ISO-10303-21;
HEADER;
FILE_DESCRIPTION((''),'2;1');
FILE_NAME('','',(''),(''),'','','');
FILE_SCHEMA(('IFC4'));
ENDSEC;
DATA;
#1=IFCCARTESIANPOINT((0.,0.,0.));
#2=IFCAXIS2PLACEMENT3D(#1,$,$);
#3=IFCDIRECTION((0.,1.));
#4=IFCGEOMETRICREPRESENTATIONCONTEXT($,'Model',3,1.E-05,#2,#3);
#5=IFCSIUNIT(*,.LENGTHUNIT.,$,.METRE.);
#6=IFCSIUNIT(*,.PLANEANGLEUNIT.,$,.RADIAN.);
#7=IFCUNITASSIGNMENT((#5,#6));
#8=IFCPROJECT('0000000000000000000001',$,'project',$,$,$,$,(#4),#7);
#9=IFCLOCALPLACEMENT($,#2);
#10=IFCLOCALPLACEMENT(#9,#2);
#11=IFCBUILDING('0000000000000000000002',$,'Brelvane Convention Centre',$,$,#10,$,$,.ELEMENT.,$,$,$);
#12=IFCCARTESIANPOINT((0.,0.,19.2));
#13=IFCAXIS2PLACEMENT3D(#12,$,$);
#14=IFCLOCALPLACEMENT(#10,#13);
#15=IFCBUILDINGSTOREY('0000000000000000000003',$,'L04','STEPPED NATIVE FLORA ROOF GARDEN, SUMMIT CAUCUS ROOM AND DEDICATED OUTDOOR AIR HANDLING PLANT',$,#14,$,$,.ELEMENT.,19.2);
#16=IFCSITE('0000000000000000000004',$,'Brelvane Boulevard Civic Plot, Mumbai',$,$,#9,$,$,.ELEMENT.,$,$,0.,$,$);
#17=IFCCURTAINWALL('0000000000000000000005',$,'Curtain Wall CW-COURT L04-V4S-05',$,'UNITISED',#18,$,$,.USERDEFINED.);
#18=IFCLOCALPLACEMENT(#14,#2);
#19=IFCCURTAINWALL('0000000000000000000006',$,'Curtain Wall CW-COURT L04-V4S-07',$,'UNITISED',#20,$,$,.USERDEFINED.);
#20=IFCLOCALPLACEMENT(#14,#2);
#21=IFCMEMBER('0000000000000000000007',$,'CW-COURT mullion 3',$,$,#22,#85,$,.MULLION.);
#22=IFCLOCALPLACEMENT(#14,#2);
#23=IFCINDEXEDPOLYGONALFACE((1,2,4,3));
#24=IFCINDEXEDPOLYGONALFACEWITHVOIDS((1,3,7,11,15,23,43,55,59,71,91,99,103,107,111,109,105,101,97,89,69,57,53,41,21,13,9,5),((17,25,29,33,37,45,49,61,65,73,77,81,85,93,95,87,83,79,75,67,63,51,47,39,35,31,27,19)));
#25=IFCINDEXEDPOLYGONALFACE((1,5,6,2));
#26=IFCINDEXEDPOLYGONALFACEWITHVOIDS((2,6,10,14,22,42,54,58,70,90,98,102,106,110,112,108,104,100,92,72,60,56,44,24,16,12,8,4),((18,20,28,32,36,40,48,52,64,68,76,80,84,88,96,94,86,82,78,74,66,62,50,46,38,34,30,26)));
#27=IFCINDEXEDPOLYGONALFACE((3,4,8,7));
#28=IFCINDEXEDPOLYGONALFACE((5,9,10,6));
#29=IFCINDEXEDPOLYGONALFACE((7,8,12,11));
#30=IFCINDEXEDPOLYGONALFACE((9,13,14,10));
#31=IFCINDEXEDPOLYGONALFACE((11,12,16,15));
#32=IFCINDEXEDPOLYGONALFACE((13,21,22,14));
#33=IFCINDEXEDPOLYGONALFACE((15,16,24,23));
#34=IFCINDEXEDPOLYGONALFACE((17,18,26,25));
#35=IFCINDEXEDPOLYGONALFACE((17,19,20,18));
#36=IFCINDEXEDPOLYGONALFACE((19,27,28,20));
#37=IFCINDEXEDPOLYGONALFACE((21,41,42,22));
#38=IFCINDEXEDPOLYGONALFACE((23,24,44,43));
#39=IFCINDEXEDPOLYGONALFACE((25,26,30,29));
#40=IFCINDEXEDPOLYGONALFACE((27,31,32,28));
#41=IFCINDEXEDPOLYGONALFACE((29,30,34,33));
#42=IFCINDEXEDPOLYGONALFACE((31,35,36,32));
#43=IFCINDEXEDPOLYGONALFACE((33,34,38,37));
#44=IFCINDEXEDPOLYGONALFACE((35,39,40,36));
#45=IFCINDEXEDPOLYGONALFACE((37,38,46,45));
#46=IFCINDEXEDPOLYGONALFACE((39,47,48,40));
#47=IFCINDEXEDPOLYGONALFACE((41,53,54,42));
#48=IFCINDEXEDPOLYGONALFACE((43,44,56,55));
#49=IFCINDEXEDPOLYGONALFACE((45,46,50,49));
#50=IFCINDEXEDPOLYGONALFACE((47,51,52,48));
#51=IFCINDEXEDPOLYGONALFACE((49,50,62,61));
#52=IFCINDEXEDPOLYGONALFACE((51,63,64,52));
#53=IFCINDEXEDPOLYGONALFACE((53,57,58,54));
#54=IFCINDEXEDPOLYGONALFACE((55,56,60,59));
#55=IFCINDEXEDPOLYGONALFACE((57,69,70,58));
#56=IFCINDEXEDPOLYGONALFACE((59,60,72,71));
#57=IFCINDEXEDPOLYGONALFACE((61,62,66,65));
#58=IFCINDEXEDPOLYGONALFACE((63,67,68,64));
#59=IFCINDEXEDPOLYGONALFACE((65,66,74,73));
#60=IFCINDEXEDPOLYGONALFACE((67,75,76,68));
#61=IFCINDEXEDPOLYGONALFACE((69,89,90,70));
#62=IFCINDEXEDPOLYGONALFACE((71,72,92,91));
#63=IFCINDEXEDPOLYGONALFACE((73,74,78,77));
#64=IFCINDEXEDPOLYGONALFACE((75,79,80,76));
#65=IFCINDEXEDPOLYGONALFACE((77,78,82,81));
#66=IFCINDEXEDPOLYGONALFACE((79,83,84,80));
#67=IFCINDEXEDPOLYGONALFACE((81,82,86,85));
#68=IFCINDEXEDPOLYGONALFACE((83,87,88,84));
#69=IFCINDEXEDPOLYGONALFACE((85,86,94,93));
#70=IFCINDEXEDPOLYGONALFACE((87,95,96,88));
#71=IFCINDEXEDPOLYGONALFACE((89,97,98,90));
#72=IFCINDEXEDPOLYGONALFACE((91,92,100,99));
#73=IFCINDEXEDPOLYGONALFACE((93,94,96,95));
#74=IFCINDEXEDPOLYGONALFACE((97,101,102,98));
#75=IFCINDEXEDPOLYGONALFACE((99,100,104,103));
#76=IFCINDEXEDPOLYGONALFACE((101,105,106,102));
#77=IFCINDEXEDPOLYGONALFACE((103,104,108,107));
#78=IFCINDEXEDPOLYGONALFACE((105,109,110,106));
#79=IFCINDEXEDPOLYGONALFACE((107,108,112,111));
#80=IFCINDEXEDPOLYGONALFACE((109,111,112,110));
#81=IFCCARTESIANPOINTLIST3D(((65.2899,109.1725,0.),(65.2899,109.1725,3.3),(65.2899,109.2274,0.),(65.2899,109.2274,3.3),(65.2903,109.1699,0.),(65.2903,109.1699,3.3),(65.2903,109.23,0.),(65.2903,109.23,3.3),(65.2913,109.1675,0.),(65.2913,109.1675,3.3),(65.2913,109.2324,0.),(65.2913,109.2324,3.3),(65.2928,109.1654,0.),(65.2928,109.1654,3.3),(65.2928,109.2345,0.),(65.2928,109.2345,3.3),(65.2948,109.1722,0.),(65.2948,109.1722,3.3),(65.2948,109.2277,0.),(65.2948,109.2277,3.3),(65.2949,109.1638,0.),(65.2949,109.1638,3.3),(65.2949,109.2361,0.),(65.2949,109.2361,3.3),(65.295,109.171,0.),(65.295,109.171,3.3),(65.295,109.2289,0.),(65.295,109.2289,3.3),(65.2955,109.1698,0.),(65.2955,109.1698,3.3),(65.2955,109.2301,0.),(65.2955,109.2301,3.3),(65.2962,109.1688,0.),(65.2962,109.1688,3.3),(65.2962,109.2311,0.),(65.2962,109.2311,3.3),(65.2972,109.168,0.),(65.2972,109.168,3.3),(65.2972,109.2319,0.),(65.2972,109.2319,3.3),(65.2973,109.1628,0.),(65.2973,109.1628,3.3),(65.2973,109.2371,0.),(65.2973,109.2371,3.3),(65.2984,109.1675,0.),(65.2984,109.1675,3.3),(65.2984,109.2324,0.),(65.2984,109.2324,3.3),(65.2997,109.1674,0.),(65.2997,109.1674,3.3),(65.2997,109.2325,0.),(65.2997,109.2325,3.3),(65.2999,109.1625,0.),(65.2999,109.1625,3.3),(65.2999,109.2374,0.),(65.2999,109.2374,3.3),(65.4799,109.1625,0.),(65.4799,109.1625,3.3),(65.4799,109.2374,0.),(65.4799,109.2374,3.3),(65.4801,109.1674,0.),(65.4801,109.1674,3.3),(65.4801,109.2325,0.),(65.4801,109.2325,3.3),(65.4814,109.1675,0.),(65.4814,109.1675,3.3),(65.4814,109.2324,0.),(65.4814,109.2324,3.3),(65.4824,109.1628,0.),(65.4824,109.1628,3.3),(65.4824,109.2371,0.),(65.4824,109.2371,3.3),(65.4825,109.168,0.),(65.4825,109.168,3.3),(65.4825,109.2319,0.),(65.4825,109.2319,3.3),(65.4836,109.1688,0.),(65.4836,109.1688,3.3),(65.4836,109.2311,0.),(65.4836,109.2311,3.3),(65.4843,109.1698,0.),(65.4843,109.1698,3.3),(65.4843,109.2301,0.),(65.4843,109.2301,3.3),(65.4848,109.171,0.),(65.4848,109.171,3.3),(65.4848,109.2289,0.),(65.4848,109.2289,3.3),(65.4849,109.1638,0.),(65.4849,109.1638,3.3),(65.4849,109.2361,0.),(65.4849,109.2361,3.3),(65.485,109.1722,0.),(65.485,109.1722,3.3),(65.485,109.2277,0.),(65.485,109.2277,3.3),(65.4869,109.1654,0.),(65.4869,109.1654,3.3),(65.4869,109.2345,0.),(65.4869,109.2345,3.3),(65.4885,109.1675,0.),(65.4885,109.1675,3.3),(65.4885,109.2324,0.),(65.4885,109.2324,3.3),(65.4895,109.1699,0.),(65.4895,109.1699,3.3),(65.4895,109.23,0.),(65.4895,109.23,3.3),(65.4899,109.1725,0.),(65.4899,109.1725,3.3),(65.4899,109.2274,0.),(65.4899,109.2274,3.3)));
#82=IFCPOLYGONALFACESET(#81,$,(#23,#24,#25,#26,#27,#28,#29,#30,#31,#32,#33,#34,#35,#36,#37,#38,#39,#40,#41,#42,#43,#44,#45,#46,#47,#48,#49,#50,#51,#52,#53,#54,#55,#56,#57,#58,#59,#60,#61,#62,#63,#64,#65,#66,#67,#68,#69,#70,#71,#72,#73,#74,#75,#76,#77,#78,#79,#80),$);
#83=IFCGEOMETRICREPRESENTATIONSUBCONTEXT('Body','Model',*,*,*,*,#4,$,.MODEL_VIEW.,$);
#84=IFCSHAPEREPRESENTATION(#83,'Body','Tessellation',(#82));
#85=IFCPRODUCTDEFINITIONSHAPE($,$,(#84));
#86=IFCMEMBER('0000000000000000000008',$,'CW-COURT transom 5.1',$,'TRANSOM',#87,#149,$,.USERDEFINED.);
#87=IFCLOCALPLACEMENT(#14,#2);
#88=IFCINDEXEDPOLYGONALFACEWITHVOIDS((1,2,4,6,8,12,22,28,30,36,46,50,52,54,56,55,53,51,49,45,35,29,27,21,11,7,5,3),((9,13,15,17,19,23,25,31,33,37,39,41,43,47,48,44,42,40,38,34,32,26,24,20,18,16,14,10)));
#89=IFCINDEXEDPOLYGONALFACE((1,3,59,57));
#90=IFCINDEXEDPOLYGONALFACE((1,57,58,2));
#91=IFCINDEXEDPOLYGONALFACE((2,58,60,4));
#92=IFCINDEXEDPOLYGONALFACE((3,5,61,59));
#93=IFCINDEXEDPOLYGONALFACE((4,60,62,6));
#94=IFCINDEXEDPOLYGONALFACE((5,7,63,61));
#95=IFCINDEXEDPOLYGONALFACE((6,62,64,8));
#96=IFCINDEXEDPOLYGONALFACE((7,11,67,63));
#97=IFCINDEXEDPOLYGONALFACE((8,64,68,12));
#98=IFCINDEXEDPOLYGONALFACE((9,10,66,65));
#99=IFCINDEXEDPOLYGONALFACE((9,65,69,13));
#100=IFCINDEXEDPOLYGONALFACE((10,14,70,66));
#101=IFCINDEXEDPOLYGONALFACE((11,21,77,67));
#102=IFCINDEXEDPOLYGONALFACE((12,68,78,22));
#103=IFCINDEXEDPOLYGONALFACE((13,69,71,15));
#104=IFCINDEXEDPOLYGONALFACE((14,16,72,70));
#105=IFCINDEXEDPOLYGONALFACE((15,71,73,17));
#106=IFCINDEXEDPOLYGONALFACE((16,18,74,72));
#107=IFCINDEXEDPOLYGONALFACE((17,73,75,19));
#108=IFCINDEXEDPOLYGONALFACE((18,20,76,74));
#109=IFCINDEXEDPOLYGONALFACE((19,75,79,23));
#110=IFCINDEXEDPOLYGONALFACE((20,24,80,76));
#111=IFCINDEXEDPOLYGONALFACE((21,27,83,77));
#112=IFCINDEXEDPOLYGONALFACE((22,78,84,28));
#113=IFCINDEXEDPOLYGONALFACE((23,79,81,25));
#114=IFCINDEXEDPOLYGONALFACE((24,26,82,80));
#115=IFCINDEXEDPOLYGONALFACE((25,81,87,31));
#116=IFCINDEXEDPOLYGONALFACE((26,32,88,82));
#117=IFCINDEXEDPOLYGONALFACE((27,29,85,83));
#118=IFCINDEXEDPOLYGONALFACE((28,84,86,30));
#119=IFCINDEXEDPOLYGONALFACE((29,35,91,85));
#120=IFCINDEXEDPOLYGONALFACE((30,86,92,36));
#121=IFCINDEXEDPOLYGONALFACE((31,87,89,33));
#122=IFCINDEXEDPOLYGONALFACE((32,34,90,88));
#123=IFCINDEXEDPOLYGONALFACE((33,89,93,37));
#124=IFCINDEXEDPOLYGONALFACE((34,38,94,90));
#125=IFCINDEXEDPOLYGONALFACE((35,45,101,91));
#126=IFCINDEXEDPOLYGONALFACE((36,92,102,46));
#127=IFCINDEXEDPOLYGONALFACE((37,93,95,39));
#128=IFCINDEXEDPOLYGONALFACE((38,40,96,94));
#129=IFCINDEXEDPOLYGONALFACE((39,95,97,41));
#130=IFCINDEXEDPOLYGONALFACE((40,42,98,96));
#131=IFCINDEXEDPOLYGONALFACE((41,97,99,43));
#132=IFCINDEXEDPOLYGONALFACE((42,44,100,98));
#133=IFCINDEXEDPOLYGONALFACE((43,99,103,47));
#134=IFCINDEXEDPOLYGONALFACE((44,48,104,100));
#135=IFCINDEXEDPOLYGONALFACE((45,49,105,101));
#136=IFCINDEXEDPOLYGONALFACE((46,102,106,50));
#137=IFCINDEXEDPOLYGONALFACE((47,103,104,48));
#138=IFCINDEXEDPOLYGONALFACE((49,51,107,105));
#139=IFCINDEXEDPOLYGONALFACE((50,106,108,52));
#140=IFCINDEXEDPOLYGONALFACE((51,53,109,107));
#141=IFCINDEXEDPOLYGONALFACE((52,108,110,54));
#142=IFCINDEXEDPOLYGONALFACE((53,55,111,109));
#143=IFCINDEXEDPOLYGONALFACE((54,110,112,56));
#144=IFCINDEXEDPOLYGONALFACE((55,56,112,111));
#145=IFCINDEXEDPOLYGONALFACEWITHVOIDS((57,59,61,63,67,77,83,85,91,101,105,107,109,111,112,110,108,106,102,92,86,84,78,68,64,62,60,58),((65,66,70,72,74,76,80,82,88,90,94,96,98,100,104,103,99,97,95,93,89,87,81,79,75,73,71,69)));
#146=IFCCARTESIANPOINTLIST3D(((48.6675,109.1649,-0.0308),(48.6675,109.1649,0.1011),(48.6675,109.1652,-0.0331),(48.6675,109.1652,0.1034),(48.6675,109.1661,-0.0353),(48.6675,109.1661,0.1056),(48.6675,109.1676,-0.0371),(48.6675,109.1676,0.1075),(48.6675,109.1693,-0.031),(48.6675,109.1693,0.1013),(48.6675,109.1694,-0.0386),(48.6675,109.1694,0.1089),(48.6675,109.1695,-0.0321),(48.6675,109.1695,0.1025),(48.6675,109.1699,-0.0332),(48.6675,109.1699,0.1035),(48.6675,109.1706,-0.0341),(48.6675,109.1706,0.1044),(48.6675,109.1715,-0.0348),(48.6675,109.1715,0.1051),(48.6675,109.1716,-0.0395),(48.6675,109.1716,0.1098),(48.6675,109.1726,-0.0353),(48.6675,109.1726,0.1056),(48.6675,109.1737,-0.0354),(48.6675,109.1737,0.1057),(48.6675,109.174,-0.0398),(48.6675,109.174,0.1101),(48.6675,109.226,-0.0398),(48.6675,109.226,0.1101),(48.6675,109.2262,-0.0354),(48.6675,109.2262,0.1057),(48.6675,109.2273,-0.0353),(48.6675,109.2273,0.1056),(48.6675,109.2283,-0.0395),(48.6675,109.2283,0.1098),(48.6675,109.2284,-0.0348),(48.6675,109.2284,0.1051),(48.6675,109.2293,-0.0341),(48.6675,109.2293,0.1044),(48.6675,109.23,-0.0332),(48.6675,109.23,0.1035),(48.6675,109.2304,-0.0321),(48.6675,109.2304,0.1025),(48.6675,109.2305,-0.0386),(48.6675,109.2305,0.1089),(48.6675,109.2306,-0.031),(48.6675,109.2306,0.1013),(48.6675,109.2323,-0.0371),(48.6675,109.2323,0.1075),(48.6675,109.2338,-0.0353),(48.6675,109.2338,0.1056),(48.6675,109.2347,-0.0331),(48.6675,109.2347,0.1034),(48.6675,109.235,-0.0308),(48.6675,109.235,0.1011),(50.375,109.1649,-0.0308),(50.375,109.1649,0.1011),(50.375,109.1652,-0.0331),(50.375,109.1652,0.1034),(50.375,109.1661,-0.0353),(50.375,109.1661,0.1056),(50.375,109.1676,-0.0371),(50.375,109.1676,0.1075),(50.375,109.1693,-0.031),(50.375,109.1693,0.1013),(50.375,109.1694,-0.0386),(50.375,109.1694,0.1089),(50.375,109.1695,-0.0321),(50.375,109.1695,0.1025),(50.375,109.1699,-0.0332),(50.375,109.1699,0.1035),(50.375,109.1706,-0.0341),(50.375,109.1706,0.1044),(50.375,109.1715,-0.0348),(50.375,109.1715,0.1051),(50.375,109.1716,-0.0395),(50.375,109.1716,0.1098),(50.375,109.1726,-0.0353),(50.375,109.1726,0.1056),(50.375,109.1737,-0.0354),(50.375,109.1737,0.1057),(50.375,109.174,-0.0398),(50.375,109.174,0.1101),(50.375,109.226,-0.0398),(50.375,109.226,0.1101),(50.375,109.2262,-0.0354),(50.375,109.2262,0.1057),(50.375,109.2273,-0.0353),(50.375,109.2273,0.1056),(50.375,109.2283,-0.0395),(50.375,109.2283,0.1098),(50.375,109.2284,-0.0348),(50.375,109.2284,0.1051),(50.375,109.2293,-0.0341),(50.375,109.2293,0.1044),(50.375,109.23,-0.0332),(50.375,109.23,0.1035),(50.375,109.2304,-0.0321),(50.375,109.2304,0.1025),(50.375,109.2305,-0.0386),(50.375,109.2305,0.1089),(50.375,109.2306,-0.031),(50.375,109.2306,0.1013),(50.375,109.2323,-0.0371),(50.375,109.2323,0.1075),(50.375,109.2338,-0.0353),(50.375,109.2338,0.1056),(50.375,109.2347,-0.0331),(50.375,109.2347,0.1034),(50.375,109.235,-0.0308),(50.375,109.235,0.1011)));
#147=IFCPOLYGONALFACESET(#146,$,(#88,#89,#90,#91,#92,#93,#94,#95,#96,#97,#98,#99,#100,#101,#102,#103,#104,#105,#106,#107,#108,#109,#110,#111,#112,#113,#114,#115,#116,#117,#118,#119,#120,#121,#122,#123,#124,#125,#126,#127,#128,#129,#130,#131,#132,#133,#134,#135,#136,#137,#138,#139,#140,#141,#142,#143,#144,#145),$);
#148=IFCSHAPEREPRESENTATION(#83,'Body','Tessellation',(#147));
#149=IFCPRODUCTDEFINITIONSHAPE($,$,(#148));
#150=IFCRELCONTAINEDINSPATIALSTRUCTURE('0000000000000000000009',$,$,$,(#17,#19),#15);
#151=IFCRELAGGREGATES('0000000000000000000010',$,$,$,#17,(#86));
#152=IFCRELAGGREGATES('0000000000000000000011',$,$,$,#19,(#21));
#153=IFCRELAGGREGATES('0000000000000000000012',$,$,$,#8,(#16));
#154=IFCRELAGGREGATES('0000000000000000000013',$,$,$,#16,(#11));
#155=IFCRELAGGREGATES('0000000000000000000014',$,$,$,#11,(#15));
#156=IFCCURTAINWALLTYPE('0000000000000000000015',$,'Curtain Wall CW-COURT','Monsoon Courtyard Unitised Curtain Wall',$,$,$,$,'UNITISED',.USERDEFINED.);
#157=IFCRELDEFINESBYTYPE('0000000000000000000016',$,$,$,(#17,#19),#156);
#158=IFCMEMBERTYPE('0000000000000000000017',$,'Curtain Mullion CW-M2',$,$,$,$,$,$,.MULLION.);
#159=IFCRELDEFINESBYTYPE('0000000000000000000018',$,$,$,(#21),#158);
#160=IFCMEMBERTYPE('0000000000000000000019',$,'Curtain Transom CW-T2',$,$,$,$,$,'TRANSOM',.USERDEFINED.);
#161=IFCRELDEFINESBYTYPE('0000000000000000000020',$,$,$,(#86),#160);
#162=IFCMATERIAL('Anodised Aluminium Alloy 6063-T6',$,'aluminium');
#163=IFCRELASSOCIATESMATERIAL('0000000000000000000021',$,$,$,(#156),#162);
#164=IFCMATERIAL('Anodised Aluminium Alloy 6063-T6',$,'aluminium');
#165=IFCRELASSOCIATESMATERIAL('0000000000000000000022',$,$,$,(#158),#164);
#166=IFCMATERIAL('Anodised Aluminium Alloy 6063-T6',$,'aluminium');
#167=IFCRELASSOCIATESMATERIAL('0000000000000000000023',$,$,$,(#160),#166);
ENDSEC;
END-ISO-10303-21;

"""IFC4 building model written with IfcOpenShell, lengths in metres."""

from ifc_helpers import new_model, si_unit, direction, frame, origin, origin_2d, place, context, subcontext, project, spatial, hollow_rectangle, extrude, material, material_profile, profile_set, type_object, element, aggregate, save


model = new_model("IFC4")

# Units and contexts
model_context = context("Model", 3, precision=1e-05, world=origin(), true_north=direction((0.0, 1.0)))
body_context = subcontext(model_context, "Body", "Model", "MODEL_VIEW")
ifc_project = project(units=[si_unit("LENGTHUNIT", "METRE"), si_unit("PLANEANGLEUNIT", "RADIAN")], contexts=[model_context])

# Site, building, storey
site_placement = place(None, origin())
site = spatial("IfcSite", under=ifc_project, at=site_placement, Name="Brelvane Boulevard Civic Plot, Mumbai", CompositionType="ELEMENT", RefElevation=0.0)
building_placement = place(site_placement, origin())
building = spatial("IfcBuilding", under=site, at=building_placement, Name="Brelvane Convention Centre", CompositionType="ELEMENT")
storey_placement = place(building_placement, frame((0.0, 0.0, 19.2)))
storey = spatial("IfcBuildingStorey", under=building, at=storey_placement, Name="L04", Description="STEPPED NATIVE FLORA ROOF GARDEN, SUMMIT CAUCUS ROOM AND DEDICATED OUTDOOR AIR HANDLING PLANT", CompositionType="ELEMENT", Elevation=19.2)

# Curtain walls, member
ifc_material_1 = material(Name="Anodised Aluminium Alloy 6063-T6", Category="aluminium")
curtain_wall_type = type_object("IfcCurtainWallType", Name="Curtain Wall CW-COURT", Description="Monsoon Courtyard Unitised Curtain Wall", ElementType="UNITISED", PredefinedType="USERDEFINED", material=ifc_material_1)
curtain_wall_1_placement = place(storey_placement, origin())
curtain_wall_1 = element("IfcCurtainWall", 1, at=curtain_wall_1_placement, inside=storey, type_object=curtain_wall_type, Name="Curtain Wall CW-COURT L04-V4S-05", ObjectType="UNITISED", PredefinedType="USERDEFINED")
ifc_material_2 = material(Name="Anodised Aluminium Alloy 6063-T6", Category="aluminium")
ifc_material_profile_1 = material_profile(ifc_material_2, hollow_rectangle(XDim=0.075, YDim=0.2, WallThickness=0.0049, InnerFilletRadius=0.0049, OuterFilletRadius=0.01, at=origin_2d()), Name="ALU-M 200x75x5.0")
ifc_profile_set_1 = profile_set([ifc_material_profile_1], Name="Anodised Aluminium Alloy 6063-T6")
member_type_1 = type_object("IfcMemberType", Name="Curtain Mullion CW-M2", PredefinedType="MULLION", material=ifc_profile_set_1)
curtain_wall_2_placement = place(storey_placement, origin())
curtain_wall_2 = element("IfcCurtainWall", 2, at=curtain_wall_2_placement, inside=storey, type_object=curtain_wall_type, Name="Curtain Wall CW-COURT L04-V4S-07", ObjectType="UNITISED", PredefinedType="USERDEFINED")
member_1_placement = place(storey_placement, frame((65.3899, 109.2, 0.0), z_axis=(0.0, 0.0, 1.0), x_axis=(0.0, 1.0, 0.0)))
member_1 = element("IfcMember", 3, at=member_1_placement, type_object=member_type_1, Name="CW-COURT mullion 3", PredefinedType="MULLION", context=body_context, shape_type="SweptSolid", body=[
    extrude(hollow_rectangle(XDim=0.075, YDim=0.2, WallThickness=0.0049, InnerFilletRadius=0.0049, OuterFilletRadius=0.01, at=origin_2d()), origin(), (0.0, 0.0, 1.0), 3.3),
])

# Member
ifc_material_3 = material(Name="Anodised Aluminium Alloy 6063-T6", Category="aluminium")
ifc_material_profile_2 = material_profile(ifc_material_3, hollow_rectangle(XDim=0.0701, YDim=0.1499, WallThickness=0.0044, InnerFilletRadius=0.0044, OuterFilletRadius=0.009, at=origin_2d()), Name="ALU-T 150x70x4.5")
ifc_profile_set_2 = profile_set([ifc_material_profile_2], Name="Anodised Aluminium Alloy 6063-T6")
member_type_2 = type_object("IfcMemberType", Name="Curtain Transom CW-T2", ElementType="TRANSOM", PredefinedType="USERDEFINED", material=ifc_profile_set_2)
member_2_placement = place(storey_placement, frame((48.6675, 109.2, 0.0352), z_axis=(1.0, 0.0, 0.0), x_axis=(0.0, 1.0, 0.0)))
member_2 = element("IfcMember", 4, at=member_2_placement, type_object=member_type_2, Name="CW-COURT transom 5.1", ObjectType="TRANSOM", PredefinedType="USERDEFINED", context=body_context, shape_type="SweptSolid", body=[
    extrude(hollow_rectangle(XDim=0.0701, YDim=0.1499, WallThickness=0.0044, InnerFilletRadius=0.0044, OuterFilletRadius=0.009, at=origin_2d()), origin(), (0.0, 0.0, 1.0), 1.7075),
])

aggregate(curtain_wall_1, [member_2])
aggregate(curtain_wall_2, [member_1])

save(model, "model.ifc")
